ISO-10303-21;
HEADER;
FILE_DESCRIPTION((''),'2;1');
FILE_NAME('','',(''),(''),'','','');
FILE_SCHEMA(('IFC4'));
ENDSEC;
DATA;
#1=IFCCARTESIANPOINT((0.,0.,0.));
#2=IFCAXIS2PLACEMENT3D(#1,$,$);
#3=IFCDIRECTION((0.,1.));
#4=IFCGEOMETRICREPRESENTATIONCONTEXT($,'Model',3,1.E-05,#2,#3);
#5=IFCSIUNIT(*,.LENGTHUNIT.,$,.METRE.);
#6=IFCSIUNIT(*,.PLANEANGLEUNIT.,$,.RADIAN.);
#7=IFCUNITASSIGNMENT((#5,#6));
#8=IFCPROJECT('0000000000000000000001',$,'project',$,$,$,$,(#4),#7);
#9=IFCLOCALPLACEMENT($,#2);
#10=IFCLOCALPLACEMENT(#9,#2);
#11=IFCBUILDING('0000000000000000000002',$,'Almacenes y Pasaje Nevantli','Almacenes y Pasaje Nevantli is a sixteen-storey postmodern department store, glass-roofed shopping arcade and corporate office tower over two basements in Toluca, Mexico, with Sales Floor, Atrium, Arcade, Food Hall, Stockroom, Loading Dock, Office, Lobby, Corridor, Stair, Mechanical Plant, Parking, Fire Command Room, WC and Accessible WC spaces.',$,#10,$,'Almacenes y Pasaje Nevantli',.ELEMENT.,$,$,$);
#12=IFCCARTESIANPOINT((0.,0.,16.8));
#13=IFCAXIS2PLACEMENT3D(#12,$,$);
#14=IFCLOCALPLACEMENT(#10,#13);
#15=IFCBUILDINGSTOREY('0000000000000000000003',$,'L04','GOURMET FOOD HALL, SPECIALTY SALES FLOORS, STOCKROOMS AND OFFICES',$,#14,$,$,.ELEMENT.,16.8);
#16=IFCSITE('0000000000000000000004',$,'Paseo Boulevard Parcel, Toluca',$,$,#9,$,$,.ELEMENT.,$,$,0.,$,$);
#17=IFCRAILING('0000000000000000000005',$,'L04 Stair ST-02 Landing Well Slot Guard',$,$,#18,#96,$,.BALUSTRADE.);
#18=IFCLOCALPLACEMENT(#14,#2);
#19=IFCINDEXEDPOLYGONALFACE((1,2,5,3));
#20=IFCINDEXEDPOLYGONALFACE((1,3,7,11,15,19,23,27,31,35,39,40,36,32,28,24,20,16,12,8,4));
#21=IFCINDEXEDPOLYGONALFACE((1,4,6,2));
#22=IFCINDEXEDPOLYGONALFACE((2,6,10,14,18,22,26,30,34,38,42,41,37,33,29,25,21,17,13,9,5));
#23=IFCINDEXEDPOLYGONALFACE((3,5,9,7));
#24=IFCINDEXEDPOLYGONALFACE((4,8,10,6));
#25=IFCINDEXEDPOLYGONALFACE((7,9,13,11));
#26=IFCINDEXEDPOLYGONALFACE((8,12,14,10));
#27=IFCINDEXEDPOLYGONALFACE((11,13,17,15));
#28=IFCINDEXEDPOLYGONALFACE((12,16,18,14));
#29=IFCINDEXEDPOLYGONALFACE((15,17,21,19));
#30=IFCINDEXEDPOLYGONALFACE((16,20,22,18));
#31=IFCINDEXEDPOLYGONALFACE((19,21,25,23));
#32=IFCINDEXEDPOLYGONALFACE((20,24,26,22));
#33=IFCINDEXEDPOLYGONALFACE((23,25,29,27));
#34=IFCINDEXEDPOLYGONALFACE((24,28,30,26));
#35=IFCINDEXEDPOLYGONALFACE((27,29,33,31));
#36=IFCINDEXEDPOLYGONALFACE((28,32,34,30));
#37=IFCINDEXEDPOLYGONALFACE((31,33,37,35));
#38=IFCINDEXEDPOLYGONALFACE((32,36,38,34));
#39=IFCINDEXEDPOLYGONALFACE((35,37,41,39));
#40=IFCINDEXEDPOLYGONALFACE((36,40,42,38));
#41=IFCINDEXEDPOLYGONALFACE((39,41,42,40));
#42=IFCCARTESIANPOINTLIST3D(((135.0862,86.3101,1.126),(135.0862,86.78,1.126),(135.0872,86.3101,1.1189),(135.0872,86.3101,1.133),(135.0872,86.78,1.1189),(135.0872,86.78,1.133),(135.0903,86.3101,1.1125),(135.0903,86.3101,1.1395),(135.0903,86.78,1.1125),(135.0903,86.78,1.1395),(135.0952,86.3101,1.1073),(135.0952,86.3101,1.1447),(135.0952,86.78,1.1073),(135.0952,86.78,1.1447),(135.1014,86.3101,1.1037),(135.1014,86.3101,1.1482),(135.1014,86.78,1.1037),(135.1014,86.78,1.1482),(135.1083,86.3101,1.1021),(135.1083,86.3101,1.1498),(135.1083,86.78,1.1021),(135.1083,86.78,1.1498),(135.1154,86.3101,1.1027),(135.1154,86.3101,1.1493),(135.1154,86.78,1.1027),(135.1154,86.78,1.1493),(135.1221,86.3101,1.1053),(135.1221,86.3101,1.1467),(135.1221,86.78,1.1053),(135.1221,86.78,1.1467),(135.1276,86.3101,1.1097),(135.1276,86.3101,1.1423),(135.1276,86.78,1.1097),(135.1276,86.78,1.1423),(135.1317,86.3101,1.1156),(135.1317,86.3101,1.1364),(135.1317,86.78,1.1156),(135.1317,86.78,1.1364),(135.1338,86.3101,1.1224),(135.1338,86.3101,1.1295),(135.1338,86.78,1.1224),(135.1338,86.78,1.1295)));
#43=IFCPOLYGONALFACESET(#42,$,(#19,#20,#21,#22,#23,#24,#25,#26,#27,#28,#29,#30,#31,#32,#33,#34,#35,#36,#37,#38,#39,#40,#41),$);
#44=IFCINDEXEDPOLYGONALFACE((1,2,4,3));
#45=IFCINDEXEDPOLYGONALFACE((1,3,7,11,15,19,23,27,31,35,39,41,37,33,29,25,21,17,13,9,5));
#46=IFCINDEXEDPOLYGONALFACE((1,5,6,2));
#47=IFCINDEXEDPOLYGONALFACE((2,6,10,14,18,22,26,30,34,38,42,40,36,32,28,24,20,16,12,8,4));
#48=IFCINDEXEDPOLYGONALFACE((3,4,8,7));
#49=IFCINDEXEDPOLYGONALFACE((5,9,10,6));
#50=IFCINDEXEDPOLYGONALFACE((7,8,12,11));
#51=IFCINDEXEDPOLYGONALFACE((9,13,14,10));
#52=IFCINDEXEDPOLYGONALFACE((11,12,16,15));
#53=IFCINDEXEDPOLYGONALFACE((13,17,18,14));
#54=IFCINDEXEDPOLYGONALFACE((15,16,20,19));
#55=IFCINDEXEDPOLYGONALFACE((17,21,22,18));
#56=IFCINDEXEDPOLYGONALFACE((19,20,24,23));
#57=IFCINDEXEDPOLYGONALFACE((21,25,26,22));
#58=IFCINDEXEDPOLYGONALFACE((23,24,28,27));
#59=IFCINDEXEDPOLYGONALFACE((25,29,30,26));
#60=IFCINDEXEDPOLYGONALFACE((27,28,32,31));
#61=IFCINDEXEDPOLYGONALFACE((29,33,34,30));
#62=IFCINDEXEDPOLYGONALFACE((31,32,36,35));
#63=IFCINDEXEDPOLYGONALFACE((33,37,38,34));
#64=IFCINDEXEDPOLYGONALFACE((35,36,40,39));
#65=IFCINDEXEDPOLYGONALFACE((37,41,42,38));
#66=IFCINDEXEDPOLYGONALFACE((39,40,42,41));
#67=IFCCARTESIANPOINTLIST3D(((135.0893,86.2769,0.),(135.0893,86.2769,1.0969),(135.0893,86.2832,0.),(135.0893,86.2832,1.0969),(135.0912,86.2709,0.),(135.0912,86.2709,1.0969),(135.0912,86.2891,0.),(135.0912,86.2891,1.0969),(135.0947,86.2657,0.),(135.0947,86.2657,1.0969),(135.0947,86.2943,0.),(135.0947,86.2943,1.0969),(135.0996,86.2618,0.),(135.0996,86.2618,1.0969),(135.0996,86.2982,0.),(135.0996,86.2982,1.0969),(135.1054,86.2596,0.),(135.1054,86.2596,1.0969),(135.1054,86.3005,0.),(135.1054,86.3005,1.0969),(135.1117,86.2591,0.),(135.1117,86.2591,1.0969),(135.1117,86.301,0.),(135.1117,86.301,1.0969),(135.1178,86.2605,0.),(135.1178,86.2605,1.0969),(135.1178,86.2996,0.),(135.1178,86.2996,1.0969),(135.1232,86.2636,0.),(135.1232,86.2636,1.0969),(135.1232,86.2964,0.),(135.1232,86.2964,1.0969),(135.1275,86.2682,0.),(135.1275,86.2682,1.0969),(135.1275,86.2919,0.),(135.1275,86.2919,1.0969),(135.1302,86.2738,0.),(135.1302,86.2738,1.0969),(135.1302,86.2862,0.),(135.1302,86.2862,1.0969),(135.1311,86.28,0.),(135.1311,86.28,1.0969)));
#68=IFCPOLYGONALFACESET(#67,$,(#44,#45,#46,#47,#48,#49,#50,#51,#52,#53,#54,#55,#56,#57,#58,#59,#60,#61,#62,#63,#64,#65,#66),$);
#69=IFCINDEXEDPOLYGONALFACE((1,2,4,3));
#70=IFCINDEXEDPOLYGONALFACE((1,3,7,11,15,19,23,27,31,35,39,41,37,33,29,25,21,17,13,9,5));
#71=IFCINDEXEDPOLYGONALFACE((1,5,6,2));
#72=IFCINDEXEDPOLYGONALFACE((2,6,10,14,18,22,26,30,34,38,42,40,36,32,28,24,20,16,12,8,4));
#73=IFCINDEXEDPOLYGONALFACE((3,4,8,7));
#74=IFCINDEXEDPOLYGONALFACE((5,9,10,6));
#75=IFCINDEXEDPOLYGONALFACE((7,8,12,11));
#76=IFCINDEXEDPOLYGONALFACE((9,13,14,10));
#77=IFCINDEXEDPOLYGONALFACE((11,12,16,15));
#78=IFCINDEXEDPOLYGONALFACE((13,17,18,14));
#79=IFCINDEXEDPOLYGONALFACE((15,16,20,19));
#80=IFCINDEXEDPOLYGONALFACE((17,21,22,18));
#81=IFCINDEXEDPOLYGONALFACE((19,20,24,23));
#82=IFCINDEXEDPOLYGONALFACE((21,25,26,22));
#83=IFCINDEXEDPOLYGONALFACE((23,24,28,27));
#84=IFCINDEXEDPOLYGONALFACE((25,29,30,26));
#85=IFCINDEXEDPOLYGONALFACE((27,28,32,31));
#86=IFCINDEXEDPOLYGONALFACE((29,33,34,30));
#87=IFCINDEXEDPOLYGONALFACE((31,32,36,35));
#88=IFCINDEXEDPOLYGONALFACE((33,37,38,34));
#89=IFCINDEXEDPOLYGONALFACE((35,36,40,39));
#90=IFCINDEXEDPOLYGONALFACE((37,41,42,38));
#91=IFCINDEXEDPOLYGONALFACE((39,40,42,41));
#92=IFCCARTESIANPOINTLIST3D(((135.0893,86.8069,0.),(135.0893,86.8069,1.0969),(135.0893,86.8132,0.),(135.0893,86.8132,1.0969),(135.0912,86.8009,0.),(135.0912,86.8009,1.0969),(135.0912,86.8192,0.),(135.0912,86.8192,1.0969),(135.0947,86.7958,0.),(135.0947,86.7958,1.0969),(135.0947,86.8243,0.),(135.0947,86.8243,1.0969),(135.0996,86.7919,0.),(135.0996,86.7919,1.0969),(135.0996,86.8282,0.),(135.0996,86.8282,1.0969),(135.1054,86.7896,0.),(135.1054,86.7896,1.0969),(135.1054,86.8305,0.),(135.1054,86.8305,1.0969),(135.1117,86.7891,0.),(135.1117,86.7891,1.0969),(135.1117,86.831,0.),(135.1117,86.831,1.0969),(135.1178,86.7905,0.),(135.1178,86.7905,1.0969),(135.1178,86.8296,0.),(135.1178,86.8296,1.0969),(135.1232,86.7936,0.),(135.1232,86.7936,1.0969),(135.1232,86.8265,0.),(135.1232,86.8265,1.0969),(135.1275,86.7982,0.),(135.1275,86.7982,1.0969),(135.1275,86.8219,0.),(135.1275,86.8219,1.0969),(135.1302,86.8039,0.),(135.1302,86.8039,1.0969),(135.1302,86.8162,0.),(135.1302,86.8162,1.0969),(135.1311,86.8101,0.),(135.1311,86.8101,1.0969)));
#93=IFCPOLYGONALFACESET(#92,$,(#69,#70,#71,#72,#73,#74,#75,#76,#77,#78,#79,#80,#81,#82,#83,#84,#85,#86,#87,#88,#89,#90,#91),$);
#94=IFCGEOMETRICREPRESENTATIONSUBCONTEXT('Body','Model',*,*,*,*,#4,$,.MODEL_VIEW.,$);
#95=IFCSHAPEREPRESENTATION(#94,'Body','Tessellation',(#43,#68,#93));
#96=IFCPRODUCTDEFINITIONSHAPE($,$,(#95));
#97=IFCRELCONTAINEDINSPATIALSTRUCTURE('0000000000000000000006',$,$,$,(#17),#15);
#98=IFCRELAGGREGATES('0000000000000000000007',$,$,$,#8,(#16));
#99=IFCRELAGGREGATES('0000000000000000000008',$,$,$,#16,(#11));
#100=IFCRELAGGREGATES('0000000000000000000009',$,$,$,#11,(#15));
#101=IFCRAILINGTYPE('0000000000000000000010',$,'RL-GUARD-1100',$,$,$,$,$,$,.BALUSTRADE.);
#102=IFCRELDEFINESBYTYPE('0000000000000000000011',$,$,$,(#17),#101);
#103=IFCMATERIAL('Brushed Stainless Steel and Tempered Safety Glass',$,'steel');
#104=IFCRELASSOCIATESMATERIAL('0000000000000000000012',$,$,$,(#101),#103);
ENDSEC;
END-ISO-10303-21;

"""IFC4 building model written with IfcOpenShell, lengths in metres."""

from ifc_helpers import new_model, si_unit, direction, frame, origin, origin_2d, place, context, subcontext, project, spatial, circle, extrude, material, type_object, element, save


model = new_model("IFC4")

# Units and contexts
model_context = context("Model", 3, precision=1e-05, world=origin(), true_north=direction((0.0, 1.0)))
body_context = subcontext(model_context, "Body", "Model", "MODEL_VIEW")
ifc_project = project(units=[si_unit("LENGTHUNIT", "METRE"), si_unit("PLANEANGLEUNIT", "RADIAN")], contexts=[model_context])

# Site, building, storey
site_placement = place(None, origin())
site = spatial("IfcSite", under=ifc_project, at=site_placement, Name="Paseo Boulevard Parcel, Toluca", CompositionType="ELEMENT", RefElevation=0.0)
building_placement = place(site_placement, origin())
building = spatial("IfcBuilding", under=site, at=building_placement, Name="Almacenes y Pasaje Nevantli", Description="Almacenes y Pasaje Nevantli is a sixteen-storey postmodern department store, glass-roofed shopping arcade and corporate office tower over two basements in Toluca, Mexico, with Sales Floor, Atrium, Arcade, Food Hall, Stockroom, Loading Dock, Office, Lobby, Corridor, Stair, Mechanical Plant, Parking, Fire Command Room, WC and Accessible WC spaces.", LongName="Almacenes y Pasaje Nevantli", CompositionType="ELEMENT")
storey_placement = place(building_placement, frame((0.0, 0.0, 16.8)))
storey = spatial("IfcBuildingStorey", under=building, at=storey_placement, Name="L04", Description="GOURMET FOOD HALL, SPECIALTY SALES FLOORS, STOCKROOMS AND OFFICES", CompositionType="ELEMENT", Elevation=16.8)

# Railing
ifc_material_1 = material(Name="Brushed Stainless Steel and Tempered Safety Glass", Category="steel")
railing_type_1 = type_object("IfcRailingType", Name="RL-GUARD-1100", PredefinedType="BALUSTRADE", material=ifc_material_1)
railing_1_placement = place(storey_placement, frame((135.1101, 86.28, 0.0)))
element("IfcRailing", 1, at=railing_1_placement, inside=storey, type_object=railing_type_1, Name="L04 Stair ST-02 Landing Well Slot Guard", PredefinedType="BALUSTRADE", context=body_context, shape_type="SweptSolid", body=[
    extrude(circle(Radius=0.0239, at=origin_2d()), frame((0.0, 0.03, 1.126), z_axis=(0.0, 1.0, 0.0), x_axis=(-1.0, 0.0, 0.0)), (0.0, 0.0, 1.0), 0.47),
    extrude(circle(Radius=0.021, at=origin_2d()), origin(), (0.0, 0.0, 1.0), 1.0969),
    extrude(circle(Radius=0.021, at=origin_2d()), frame((0.0, 0.53, 0.0)), (0.0, 0.0, 1.0), 1.0969),
])

save(model, "model.ifc")
